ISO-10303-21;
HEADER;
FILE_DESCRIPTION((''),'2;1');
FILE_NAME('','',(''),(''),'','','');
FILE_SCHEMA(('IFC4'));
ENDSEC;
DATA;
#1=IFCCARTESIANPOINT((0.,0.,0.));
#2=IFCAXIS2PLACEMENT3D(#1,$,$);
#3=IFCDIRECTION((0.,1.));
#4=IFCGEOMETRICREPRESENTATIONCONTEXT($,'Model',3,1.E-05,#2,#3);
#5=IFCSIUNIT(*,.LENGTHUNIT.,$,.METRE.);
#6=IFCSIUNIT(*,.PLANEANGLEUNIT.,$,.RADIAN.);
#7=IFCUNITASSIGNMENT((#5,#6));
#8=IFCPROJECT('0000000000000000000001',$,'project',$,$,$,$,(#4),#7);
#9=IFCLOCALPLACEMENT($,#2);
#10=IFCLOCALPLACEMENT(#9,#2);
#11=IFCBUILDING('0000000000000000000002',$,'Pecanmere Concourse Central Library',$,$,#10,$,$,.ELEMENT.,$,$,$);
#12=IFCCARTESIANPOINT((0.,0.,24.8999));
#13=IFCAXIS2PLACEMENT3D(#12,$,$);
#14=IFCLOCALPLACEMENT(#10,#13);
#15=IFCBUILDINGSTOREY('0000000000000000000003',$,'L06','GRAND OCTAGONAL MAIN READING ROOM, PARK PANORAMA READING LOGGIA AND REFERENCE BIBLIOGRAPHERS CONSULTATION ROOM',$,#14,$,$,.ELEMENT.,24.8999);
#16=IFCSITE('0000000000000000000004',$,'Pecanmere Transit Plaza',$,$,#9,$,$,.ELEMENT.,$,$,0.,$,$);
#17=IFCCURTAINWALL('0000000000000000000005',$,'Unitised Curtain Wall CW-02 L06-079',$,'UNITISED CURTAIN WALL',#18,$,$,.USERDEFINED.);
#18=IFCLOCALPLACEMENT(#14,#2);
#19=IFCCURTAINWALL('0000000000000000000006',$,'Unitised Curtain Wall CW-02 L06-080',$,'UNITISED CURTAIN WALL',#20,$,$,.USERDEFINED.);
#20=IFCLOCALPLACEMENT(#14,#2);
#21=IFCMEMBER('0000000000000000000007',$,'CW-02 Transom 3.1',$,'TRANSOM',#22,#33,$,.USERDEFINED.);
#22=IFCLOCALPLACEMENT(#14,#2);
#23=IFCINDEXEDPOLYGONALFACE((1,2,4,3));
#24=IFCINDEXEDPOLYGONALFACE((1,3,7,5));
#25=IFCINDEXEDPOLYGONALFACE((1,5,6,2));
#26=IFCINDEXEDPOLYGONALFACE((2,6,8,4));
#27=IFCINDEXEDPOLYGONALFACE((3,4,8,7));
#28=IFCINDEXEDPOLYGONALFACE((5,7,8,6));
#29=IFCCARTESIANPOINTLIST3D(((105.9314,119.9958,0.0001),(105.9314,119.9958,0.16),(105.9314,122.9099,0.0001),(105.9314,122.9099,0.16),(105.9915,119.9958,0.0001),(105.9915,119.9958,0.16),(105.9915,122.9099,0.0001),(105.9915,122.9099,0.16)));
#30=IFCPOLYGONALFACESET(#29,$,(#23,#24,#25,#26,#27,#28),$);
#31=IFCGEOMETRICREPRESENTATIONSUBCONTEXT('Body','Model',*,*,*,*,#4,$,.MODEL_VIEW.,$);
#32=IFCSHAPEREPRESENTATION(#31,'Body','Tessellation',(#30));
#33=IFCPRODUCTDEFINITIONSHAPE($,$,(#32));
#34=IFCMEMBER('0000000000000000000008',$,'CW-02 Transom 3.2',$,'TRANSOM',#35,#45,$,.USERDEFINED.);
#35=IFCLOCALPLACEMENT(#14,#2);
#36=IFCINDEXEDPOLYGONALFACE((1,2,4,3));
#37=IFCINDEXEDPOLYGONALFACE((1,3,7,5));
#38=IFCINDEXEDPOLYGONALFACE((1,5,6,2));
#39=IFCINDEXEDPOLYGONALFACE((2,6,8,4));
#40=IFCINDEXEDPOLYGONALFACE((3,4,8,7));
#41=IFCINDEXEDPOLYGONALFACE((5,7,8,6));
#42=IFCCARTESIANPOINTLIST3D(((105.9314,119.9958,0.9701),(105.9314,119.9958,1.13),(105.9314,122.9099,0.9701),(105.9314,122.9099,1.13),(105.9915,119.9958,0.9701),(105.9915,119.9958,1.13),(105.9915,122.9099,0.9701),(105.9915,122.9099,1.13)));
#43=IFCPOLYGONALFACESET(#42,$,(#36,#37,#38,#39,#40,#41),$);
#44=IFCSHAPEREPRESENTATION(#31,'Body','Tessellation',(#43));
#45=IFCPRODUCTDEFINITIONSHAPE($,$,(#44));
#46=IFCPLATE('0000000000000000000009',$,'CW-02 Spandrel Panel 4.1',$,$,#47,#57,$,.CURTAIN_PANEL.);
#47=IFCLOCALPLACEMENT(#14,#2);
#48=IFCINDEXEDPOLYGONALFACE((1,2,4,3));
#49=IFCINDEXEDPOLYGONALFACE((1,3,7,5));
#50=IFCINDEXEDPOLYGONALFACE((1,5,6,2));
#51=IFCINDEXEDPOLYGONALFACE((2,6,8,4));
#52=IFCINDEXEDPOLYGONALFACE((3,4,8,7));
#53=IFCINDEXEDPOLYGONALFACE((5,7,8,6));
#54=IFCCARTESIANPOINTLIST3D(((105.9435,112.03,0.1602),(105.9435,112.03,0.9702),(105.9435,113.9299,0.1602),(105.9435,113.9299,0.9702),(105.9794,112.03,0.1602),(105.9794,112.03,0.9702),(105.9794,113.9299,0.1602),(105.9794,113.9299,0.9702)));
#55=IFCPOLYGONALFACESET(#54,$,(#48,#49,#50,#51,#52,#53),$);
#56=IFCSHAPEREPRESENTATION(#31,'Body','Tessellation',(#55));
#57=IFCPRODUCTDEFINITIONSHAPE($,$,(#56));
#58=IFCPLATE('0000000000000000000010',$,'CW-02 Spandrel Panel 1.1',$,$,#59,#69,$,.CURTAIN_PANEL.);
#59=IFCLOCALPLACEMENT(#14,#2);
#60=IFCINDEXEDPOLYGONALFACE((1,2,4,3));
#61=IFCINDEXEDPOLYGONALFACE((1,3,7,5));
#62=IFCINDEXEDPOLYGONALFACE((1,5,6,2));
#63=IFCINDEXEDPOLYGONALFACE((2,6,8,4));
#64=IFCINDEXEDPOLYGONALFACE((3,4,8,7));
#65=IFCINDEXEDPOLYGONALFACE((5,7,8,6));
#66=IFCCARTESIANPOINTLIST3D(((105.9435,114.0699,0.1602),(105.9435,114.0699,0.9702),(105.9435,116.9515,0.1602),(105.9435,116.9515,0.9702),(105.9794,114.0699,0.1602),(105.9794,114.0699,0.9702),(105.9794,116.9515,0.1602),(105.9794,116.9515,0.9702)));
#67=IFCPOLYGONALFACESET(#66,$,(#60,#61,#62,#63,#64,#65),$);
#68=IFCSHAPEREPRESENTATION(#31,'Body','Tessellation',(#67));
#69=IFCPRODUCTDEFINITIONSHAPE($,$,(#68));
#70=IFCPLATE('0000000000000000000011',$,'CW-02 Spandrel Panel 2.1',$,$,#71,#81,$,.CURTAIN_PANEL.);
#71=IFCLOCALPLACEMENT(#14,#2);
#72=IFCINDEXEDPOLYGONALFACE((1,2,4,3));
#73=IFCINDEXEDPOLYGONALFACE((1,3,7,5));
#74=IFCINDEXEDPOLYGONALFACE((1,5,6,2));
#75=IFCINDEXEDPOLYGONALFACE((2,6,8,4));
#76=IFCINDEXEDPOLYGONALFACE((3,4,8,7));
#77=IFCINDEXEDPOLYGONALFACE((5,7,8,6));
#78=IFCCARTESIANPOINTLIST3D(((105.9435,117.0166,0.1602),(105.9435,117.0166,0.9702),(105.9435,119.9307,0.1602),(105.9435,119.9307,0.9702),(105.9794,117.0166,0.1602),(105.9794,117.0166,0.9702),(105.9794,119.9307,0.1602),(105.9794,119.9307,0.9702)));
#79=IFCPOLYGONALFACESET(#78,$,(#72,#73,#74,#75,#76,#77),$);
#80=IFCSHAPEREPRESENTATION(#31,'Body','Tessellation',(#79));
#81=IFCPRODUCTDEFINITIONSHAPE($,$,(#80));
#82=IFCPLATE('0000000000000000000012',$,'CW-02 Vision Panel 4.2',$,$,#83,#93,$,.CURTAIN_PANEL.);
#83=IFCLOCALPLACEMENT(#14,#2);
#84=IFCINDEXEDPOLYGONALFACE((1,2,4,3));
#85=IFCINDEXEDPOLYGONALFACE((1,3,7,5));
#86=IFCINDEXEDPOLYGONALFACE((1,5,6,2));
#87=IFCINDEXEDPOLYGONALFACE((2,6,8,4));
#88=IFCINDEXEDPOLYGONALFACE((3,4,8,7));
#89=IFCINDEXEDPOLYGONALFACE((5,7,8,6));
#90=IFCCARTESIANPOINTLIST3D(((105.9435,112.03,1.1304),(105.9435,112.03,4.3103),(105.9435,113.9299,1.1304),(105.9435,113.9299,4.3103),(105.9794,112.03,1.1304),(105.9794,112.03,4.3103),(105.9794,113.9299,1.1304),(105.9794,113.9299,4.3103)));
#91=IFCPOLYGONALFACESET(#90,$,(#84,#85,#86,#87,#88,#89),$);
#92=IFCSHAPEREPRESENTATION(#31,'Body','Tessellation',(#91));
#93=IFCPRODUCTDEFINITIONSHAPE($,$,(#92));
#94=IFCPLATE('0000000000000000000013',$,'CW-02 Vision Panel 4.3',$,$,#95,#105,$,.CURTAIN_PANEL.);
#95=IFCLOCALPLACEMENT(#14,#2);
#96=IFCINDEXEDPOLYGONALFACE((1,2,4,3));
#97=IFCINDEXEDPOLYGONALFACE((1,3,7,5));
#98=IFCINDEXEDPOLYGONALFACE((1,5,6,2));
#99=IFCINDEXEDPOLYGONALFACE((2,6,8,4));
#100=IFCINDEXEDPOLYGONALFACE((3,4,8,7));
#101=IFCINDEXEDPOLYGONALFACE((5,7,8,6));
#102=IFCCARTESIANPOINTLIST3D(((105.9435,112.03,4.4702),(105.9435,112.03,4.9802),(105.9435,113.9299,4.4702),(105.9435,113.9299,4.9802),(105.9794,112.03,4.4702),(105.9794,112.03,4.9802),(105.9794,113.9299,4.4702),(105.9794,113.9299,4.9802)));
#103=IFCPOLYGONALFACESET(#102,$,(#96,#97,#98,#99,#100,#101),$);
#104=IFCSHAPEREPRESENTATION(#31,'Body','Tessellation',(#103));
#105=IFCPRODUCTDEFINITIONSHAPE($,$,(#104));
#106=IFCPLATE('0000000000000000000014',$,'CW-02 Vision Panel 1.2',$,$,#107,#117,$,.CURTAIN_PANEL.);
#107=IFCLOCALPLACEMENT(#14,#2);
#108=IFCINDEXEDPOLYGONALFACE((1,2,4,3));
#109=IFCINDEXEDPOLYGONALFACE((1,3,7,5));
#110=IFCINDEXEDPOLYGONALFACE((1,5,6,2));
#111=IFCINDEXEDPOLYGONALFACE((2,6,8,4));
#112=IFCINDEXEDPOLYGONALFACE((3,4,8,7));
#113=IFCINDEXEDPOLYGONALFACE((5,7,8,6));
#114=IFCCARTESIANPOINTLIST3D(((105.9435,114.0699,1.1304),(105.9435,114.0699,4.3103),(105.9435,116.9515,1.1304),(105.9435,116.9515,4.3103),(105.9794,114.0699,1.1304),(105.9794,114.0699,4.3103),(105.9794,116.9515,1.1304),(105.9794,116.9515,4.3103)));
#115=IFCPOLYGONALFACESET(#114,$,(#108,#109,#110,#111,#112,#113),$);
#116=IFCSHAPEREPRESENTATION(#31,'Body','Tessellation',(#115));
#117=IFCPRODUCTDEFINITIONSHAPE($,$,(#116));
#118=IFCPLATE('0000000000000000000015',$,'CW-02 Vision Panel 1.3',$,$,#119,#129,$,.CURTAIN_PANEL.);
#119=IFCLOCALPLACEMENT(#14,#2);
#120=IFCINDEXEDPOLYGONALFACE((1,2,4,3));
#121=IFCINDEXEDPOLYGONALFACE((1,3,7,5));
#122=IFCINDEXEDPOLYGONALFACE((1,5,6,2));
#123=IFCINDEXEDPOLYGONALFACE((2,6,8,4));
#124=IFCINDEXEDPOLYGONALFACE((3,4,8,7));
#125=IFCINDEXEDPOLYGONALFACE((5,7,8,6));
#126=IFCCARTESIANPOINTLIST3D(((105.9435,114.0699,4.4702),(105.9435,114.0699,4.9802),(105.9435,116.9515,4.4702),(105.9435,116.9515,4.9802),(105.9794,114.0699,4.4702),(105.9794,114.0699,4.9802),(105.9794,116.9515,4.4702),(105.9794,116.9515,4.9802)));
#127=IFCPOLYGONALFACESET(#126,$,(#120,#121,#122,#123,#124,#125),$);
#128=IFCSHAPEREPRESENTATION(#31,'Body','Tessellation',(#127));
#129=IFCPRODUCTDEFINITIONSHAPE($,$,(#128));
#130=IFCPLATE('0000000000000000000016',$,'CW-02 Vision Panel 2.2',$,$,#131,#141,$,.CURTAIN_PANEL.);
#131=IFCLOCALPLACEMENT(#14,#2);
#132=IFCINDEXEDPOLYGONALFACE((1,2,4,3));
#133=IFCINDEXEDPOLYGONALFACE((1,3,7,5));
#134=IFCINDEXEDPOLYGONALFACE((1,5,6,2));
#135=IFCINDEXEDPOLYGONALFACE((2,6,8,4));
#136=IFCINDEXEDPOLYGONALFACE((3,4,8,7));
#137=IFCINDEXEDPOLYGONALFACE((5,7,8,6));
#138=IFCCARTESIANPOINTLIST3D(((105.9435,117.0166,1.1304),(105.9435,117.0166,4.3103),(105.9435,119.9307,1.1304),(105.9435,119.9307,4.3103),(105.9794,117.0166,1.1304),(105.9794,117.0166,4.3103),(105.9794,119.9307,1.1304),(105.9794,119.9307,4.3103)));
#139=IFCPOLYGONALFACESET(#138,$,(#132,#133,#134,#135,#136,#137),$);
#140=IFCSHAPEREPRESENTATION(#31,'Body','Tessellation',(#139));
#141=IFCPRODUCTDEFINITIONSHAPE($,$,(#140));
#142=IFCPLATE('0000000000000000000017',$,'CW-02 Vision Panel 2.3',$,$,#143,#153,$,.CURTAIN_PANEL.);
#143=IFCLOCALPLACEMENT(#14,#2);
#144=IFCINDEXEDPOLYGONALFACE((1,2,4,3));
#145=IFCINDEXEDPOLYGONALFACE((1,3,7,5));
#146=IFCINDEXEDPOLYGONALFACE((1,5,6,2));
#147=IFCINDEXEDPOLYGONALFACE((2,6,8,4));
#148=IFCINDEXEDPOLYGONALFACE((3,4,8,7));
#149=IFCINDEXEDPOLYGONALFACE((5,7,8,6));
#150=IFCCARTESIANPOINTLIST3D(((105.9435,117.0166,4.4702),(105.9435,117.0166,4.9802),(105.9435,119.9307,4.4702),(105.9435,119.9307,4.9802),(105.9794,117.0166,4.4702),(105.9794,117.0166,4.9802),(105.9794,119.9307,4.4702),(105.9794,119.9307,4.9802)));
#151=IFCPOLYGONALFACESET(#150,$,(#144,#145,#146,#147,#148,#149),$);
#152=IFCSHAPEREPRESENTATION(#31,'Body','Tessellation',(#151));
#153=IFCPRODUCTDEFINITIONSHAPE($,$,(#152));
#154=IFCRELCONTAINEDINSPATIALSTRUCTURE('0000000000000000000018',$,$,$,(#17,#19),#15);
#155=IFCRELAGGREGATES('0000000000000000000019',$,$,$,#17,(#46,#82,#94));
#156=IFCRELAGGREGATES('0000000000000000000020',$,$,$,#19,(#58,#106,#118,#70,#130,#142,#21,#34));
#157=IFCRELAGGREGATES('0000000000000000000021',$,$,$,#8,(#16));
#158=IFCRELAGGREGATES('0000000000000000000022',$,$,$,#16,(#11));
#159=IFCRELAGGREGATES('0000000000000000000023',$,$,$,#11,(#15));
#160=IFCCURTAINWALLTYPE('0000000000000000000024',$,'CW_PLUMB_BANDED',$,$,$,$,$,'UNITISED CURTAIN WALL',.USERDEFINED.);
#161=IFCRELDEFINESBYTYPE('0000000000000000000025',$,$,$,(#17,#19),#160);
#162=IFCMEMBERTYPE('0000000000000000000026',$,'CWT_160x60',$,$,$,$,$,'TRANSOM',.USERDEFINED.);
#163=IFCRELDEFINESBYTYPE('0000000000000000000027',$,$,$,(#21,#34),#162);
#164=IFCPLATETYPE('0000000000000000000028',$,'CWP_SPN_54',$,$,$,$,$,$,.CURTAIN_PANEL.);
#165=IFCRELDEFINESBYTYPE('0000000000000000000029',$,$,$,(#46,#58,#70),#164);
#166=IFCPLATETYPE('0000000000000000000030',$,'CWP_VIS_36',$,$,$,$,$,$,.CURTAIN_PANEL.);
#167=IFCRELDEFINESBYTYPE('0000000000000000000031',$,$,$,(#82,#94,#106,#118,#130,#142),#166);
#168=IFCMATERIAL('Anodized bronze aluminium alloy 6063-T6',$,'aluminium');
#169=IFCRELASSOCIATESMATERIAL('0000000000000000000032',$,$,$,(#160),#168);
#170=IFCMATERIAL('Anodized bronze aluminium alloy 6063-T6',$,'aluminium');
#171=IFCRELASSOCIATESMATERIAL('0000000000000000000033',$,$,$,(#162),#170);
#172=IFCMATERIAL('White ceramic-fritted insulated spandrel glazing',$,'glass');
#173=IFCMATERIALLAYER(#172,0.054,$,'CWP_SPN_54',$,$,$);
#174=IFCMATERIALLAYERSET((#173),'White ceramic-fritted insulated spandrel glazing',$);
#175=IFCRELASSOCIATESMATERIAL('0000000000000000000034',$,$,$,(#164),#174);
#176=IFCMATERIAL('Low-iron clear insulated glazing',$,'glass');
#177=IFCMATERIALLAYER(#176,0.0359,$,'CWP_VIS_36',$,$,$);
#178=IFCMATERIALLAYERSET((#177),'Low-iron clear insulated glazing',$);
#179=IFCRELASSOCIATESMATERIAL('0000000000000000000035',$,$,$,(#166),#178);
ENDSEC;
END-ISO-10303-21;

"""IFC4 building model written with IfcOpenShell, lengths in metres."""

from ifc_helpers import new_model, si_unit, direction, frame, origin, origin_2d, place, context, subcontext, project, spatial, rectangle, extrude, material, layer, layer_set, material_profile, profile_set, type_object, element, aggregate, save


model = new_model("IFC4")

# Units and contexts
model_context = context("Model", 3, precision=1e-05, world=origin(), true_north=direction((0.0, 1.0)))
body_context = subcontext(model_context, "Body", "Model", "MODEL_VIEW")
ifc_project = project(units=[si_unit("LENGTHUNIT", "METRE"), si_unit("PLANEANGLEUNIT", "RADIAN")], contexts=[model_context])

# Site, building, storey
site_placement = place(None, origin())
site = spatial("IfcSite", under=ifc_project, at=site_placement, Name="Pecanmere Transit Plaza", CompositionType="ELEMENT", RefElevation=0.0)
building_placement = place(site_placement, origin())
building = spatial("IfcBuilding", under=site, at=building_placement, Name="Pecanmere Concourse Central Library", CompositionType="ELEMENT")
storey_placement = place(building_placement, frame((0.0, 0.0, 24.8999)))
storey = spatial("IfcBuildingStorey", under=building, at=storey_placement, Name="L06", Description="GRAND OCTAGONAL MAIN READING ROOM, PARK PANORAMA READING LOGGIA AND REFERENCE BIBLIOGRAPHERS CONSULTATION ROOM", CompositionType="ELEMENT", Elevation=24.8999)

# Curtain wall
ifc_material_1 = material(Name="Anodized bronze aluminium alloy 6063-T6", Category="aluminium")
curtain_wall_type = type_object("IfcCurtainWallType", Name="CW_PLUMB_BANDED", ElementType="UNITISED CURTAIN WALL", PredefinedType="USERDEFINED", material=ifc_material_1)
curtain_wall_1_placement = place(storey_placement, origin())
curtain_wall_1 = element("IfcCurtainWall", 1, at=curtain_wall_1_placement, inside=storey, type_object=curtain_wall_type, Name="Unitised Curtain Wall CW-02 L06-079", ObjectType="UNITISED CURTAIN WALL", PredefinedType="USERDEFINED")

# Curtain wall
curtain_wall_2_placement = place(storey_placement, origin())
curtain_wall_2 = element("IfcCurtainWall", 2, at=curtain_wall_2_placement, inside=storey, type_object=curtain_wall_type, Name="Unitised Curtain Wall CW-02 L06-080", ObjectType="UNITISED CURTAIN WALL", PredefinedType="USERDEFINED")

# Members
ifc_material_2 = material(Name="Anodized bronze aluminium alloy 6063-T6", Category="aluminium")
ifc_material_profile_1 = material_profile(ifc_material_2, rectangle(XDim=0.0601, YDim=0.1599, at=origin_2d()), Name="AL 60x160")
ifc_profile_set_1 = profile_set([ifc_material_profile_1], Name="Anodized bronze aluminium alloy 6063-T6")
member_type_1 = type_object("IfcMemberType", Name="CWT_160x60", ElementType="TRANSOM", PredefinedType="USERDEFINED", material=ifc_profile_set_1)
member_1_placement = place(storey_placement, frame((105.9614, 119.9958, 0.0801), z_axis=(0.0, 1.0, 0.0), x_axis=(-1.0, 0.0, 0.0)))
member_1 = element("IfcMember", 3, at=member_1_placement, type_object=member_type_1, Name="CW-02 Transom 3.1", ObjectType="TRANSOM", PredefinedType="USERDEFINED", context=body_context, shape_type="SweptSolid", body=[
    extrude(rectangle(XDim=0.0601, YDim=0.1599, at=origin_2d()), origin(), (0.0, 0.0, 1.0), 2.9141),
])
member_2_placement = place(storey_placement, frame((105.9614, 119.9958, 1.05), z_axis=(0.0, 1.0, 0.0), x_axis=(-1.0, 0.0, 0.0)))
member_2 = element("IfcMember", 4, at=member_2_placement, type_object=member_type_1, Name="CW-02 Transom 3.2", ObjectType="TRANSOM", PredefinedType="USERDEFINED", context=body_context, shape_type="SweptSolid", body=[
    extrude(rectangle(XDim=0.0601, YDim=0.1599, at=origin_2d()), origin(), (0.0, 0.0, 1.0), 2.9141),
])

# Plates
ifc_material_3 = material(Name="White ceramic-fritted insulated spandrel glazing", Category="glass")
ifc_layer_1 = layer(ifc_material_3, 0.054, Name="CWP_SPN_54")
ifc_layer_set_1 = layer_set([ifc_layer_1], Name="White ceramic-fritted insulated spandrel glazing")
plate_type_1 = type_object("IfcPlateType", Name="CWP_SPN_54", PredefinedType="CURTAIN_PANEL", material=ifc_layer_set_1)
plate_1_placement = place(storey_placement, frame((105.9614, 112.98, 0.1602), z_axis=(0.0, 0.0, 1.0), x_axis=(0.0, 1.0, 0.0)))
plate_1 = element("IfcPlate", 5, at=plate_1_placement, type_object=plate_type_1, Name="CW-02 Spandrel Panel 4.1", PredefinedType="CURTAIN_PANEL", context=body_context, shape_type="SweptSolid", body=[
    extrude(rectangle(XDim=1.8999, YDim=0.0359, at=origin_2d()), origin(), (0.0, 0.0, 1.0), 0.8101),
])
plate_2_placement = place(storey_placement, frame((105.9614, 115.5107, 0.1602), z_axis=(0.0, 0.0, 1.0), x_axis=(0.0, 1.0, 0.0)))
plate_2 = element("IfcPlate", 6, at=plate_2_placement, type_object=plate_type_1, Name="CW-02 Spandrel Panel 1.1", PredefinedType="CURTAIN_PANEL", context=body_context, shape_type="SweptSolid", body=[
    extrude(rectangle(XDim=2.8816, YDim=0.0359, at=origin_2d()), origin(), (0.0, 0.0, 1.0), 0.8101),
])
plate_3_placement = place(storey_placement, frame((105.9614, 118.4736, 0.1602), z_axis=(0.0, 0.0, 1.0), x_axis=(0.0, 1.0, 0.0)))
plate_3 = element("IfcPlate", 7, at=plate_3_placement, type_object=plate_type_1, Name="CW-02 Spandrel Panel 2.1", PredefinedType="CURTAIN_PANEL", context=body_context, shape_type="SweptSolid", body=[
    extrude(rectangle(XDim=2.9141, YDim=0.0359, at=origin_2d()), origin(), (0.0, 0.0, 1.0), 0.8101),
])
ifc_material_4 = material(Name="Low-iron clear insulated glazing", Category="glass")
ifc_layer_2 = layer(ifc_material_4, 0.0359, Name="CWP_VIS_36")
ifc_layer_set_2 = layer_set([ifc_layer_2], Name="Low-iron clear insulated glazing")
plate_type_2 = type_object("IfcPlateType", Name="CWP_VIS_36", PredefinedType="CURTAIN_PANEL", material=ifc_layer_set_2)
plate_4_placement = place(storey_placement, frame((105.9614, 112.98, 1.1304), z_axis=(0.0, 0.0, 1.0), x_axis=(0.0, 1.0, 0.0)))
plate_4 = element("IfcPlate", 8, at=plate_4_placement, type_object=plate_type_2, Name="CW-02 Vision Panel 4.2", PredefinedType="CURTAIN_PANEL", context=body_context, shape_type="SweptSolid", body=[
    extrude(rectangle(XDim=1.8999, YDim=0.0359, at=origin_2d()), origin(), (0.0, 0.0, 1.0), 3.1799),
])
plate_5_placement = place(storey_placement, frame((105.9614, 112.98, 4.4702), z_axis=(0.0, 0.0, 1.0), x_axis=(0.0, 1.0, 0.0)))
plate_5 = element("IfcPlate", 9, at=plate_5_placement, type_object=plate_type_2, Name="CW-02 Vision Panel 4.3", PredefinedType="CURTAIN_PANEL", context=body_context, shape_type="SweptSolid", body=[
    extrude(rectangle(XDim=1.8999, YDim=0.0359, at=origin_2d()), origin(), (0.0, 0.0, 1.0), 0.51),
])
aggregate(curtain_wall_1, [plate_1, plate_4, plate_5])
plate_6_placement = place(storey_placement, frame((105.9614, 115.5107, 1.1304), z_axis=(0.0, 0.0, 1.0), x_axis=(0.0, 1.0, 0.0)))
plate_6 = element("IfcPlate", 10, at=plate_6_placement, type_object=plate_type_2, Name="CW-02 Vision Panel 1.2", PredefinedType="CURTAIN_PANEL", context=body_context, shape_type="SweptSolid", body=[
    extrude(rectangle(XDim=2.8816, YDim=0.0359, at=origin_2d()), origin(), (0.0, 0.0, 1.0), 3.1799),
])
plate_7_placement = place(storey_placement, frame((105.9614, 115.5107, 4.4702), z_axis=(0.0, 0.0, 1.0), x_axis=(0.0, 1.0, 0.0)))
plate_7 = element("IfcPlate", 11, at=plate_7_placement, type_object=plate_type_2, Name="CW-02 Vision Panel 1.3", PredefinedType="CURTAIN_PANEL", context=body_context, shape_type="SweptSolid", body=[
    extrude(rectangle(XDim=2.8816, YDim=0.0359, at=origin_2d()), origin(), (0.0, 0.0, 1.0), 0.51),
])
plate_8_placement = place(storey_placement, frame((105.9614, 118.4736, 1.1304), z_axis=(0.0, 0.0, 1.0), x_axis=(0.0, 1.0, 0.0)))
plate_8 = element("IfcPlate", 12, at=plate_8_placement, type_object=plate_type_2, Name="CW-02 Vision Panel 2.2", PredefinedType="CURTAIN_PANEL", context=body_context, shape_type="SweptSolid", body=[
    extrude(rectangle(XDim=2.9141, YDim=0.0359, at=origin_2d()), origin(), (0.0, 0.0, 1.0), 3.1799),
])
plate_9_placement = place(storey_placement, frame((105.9614, 118.4736, 4.4702), z_axis=(0.0, 0.0, 1.0), x_axis=(0.0, 1.0, 0.0)))
plate_9 = element("IfcPlate", 13, at=plate_9_placement, type_object=plate_type_2, Name="CW-02 Vision Panel 2.3", PredefinedType="CURTAIN_PANEL", context=body_context, shape_type="SweptSolid", body=[
    extrude(rectangle(XDim=2.9141, YDim=0.0359, at=origin_2d()), origin(), (0.0, 0.0, 1.0), 0.51),
])
aggregate(curtain_wall_2, [plate_2, plate_6, plate_7, plate_3, plate_8, plate_9, member_1, member_2])

save(model, "model.ifc")
